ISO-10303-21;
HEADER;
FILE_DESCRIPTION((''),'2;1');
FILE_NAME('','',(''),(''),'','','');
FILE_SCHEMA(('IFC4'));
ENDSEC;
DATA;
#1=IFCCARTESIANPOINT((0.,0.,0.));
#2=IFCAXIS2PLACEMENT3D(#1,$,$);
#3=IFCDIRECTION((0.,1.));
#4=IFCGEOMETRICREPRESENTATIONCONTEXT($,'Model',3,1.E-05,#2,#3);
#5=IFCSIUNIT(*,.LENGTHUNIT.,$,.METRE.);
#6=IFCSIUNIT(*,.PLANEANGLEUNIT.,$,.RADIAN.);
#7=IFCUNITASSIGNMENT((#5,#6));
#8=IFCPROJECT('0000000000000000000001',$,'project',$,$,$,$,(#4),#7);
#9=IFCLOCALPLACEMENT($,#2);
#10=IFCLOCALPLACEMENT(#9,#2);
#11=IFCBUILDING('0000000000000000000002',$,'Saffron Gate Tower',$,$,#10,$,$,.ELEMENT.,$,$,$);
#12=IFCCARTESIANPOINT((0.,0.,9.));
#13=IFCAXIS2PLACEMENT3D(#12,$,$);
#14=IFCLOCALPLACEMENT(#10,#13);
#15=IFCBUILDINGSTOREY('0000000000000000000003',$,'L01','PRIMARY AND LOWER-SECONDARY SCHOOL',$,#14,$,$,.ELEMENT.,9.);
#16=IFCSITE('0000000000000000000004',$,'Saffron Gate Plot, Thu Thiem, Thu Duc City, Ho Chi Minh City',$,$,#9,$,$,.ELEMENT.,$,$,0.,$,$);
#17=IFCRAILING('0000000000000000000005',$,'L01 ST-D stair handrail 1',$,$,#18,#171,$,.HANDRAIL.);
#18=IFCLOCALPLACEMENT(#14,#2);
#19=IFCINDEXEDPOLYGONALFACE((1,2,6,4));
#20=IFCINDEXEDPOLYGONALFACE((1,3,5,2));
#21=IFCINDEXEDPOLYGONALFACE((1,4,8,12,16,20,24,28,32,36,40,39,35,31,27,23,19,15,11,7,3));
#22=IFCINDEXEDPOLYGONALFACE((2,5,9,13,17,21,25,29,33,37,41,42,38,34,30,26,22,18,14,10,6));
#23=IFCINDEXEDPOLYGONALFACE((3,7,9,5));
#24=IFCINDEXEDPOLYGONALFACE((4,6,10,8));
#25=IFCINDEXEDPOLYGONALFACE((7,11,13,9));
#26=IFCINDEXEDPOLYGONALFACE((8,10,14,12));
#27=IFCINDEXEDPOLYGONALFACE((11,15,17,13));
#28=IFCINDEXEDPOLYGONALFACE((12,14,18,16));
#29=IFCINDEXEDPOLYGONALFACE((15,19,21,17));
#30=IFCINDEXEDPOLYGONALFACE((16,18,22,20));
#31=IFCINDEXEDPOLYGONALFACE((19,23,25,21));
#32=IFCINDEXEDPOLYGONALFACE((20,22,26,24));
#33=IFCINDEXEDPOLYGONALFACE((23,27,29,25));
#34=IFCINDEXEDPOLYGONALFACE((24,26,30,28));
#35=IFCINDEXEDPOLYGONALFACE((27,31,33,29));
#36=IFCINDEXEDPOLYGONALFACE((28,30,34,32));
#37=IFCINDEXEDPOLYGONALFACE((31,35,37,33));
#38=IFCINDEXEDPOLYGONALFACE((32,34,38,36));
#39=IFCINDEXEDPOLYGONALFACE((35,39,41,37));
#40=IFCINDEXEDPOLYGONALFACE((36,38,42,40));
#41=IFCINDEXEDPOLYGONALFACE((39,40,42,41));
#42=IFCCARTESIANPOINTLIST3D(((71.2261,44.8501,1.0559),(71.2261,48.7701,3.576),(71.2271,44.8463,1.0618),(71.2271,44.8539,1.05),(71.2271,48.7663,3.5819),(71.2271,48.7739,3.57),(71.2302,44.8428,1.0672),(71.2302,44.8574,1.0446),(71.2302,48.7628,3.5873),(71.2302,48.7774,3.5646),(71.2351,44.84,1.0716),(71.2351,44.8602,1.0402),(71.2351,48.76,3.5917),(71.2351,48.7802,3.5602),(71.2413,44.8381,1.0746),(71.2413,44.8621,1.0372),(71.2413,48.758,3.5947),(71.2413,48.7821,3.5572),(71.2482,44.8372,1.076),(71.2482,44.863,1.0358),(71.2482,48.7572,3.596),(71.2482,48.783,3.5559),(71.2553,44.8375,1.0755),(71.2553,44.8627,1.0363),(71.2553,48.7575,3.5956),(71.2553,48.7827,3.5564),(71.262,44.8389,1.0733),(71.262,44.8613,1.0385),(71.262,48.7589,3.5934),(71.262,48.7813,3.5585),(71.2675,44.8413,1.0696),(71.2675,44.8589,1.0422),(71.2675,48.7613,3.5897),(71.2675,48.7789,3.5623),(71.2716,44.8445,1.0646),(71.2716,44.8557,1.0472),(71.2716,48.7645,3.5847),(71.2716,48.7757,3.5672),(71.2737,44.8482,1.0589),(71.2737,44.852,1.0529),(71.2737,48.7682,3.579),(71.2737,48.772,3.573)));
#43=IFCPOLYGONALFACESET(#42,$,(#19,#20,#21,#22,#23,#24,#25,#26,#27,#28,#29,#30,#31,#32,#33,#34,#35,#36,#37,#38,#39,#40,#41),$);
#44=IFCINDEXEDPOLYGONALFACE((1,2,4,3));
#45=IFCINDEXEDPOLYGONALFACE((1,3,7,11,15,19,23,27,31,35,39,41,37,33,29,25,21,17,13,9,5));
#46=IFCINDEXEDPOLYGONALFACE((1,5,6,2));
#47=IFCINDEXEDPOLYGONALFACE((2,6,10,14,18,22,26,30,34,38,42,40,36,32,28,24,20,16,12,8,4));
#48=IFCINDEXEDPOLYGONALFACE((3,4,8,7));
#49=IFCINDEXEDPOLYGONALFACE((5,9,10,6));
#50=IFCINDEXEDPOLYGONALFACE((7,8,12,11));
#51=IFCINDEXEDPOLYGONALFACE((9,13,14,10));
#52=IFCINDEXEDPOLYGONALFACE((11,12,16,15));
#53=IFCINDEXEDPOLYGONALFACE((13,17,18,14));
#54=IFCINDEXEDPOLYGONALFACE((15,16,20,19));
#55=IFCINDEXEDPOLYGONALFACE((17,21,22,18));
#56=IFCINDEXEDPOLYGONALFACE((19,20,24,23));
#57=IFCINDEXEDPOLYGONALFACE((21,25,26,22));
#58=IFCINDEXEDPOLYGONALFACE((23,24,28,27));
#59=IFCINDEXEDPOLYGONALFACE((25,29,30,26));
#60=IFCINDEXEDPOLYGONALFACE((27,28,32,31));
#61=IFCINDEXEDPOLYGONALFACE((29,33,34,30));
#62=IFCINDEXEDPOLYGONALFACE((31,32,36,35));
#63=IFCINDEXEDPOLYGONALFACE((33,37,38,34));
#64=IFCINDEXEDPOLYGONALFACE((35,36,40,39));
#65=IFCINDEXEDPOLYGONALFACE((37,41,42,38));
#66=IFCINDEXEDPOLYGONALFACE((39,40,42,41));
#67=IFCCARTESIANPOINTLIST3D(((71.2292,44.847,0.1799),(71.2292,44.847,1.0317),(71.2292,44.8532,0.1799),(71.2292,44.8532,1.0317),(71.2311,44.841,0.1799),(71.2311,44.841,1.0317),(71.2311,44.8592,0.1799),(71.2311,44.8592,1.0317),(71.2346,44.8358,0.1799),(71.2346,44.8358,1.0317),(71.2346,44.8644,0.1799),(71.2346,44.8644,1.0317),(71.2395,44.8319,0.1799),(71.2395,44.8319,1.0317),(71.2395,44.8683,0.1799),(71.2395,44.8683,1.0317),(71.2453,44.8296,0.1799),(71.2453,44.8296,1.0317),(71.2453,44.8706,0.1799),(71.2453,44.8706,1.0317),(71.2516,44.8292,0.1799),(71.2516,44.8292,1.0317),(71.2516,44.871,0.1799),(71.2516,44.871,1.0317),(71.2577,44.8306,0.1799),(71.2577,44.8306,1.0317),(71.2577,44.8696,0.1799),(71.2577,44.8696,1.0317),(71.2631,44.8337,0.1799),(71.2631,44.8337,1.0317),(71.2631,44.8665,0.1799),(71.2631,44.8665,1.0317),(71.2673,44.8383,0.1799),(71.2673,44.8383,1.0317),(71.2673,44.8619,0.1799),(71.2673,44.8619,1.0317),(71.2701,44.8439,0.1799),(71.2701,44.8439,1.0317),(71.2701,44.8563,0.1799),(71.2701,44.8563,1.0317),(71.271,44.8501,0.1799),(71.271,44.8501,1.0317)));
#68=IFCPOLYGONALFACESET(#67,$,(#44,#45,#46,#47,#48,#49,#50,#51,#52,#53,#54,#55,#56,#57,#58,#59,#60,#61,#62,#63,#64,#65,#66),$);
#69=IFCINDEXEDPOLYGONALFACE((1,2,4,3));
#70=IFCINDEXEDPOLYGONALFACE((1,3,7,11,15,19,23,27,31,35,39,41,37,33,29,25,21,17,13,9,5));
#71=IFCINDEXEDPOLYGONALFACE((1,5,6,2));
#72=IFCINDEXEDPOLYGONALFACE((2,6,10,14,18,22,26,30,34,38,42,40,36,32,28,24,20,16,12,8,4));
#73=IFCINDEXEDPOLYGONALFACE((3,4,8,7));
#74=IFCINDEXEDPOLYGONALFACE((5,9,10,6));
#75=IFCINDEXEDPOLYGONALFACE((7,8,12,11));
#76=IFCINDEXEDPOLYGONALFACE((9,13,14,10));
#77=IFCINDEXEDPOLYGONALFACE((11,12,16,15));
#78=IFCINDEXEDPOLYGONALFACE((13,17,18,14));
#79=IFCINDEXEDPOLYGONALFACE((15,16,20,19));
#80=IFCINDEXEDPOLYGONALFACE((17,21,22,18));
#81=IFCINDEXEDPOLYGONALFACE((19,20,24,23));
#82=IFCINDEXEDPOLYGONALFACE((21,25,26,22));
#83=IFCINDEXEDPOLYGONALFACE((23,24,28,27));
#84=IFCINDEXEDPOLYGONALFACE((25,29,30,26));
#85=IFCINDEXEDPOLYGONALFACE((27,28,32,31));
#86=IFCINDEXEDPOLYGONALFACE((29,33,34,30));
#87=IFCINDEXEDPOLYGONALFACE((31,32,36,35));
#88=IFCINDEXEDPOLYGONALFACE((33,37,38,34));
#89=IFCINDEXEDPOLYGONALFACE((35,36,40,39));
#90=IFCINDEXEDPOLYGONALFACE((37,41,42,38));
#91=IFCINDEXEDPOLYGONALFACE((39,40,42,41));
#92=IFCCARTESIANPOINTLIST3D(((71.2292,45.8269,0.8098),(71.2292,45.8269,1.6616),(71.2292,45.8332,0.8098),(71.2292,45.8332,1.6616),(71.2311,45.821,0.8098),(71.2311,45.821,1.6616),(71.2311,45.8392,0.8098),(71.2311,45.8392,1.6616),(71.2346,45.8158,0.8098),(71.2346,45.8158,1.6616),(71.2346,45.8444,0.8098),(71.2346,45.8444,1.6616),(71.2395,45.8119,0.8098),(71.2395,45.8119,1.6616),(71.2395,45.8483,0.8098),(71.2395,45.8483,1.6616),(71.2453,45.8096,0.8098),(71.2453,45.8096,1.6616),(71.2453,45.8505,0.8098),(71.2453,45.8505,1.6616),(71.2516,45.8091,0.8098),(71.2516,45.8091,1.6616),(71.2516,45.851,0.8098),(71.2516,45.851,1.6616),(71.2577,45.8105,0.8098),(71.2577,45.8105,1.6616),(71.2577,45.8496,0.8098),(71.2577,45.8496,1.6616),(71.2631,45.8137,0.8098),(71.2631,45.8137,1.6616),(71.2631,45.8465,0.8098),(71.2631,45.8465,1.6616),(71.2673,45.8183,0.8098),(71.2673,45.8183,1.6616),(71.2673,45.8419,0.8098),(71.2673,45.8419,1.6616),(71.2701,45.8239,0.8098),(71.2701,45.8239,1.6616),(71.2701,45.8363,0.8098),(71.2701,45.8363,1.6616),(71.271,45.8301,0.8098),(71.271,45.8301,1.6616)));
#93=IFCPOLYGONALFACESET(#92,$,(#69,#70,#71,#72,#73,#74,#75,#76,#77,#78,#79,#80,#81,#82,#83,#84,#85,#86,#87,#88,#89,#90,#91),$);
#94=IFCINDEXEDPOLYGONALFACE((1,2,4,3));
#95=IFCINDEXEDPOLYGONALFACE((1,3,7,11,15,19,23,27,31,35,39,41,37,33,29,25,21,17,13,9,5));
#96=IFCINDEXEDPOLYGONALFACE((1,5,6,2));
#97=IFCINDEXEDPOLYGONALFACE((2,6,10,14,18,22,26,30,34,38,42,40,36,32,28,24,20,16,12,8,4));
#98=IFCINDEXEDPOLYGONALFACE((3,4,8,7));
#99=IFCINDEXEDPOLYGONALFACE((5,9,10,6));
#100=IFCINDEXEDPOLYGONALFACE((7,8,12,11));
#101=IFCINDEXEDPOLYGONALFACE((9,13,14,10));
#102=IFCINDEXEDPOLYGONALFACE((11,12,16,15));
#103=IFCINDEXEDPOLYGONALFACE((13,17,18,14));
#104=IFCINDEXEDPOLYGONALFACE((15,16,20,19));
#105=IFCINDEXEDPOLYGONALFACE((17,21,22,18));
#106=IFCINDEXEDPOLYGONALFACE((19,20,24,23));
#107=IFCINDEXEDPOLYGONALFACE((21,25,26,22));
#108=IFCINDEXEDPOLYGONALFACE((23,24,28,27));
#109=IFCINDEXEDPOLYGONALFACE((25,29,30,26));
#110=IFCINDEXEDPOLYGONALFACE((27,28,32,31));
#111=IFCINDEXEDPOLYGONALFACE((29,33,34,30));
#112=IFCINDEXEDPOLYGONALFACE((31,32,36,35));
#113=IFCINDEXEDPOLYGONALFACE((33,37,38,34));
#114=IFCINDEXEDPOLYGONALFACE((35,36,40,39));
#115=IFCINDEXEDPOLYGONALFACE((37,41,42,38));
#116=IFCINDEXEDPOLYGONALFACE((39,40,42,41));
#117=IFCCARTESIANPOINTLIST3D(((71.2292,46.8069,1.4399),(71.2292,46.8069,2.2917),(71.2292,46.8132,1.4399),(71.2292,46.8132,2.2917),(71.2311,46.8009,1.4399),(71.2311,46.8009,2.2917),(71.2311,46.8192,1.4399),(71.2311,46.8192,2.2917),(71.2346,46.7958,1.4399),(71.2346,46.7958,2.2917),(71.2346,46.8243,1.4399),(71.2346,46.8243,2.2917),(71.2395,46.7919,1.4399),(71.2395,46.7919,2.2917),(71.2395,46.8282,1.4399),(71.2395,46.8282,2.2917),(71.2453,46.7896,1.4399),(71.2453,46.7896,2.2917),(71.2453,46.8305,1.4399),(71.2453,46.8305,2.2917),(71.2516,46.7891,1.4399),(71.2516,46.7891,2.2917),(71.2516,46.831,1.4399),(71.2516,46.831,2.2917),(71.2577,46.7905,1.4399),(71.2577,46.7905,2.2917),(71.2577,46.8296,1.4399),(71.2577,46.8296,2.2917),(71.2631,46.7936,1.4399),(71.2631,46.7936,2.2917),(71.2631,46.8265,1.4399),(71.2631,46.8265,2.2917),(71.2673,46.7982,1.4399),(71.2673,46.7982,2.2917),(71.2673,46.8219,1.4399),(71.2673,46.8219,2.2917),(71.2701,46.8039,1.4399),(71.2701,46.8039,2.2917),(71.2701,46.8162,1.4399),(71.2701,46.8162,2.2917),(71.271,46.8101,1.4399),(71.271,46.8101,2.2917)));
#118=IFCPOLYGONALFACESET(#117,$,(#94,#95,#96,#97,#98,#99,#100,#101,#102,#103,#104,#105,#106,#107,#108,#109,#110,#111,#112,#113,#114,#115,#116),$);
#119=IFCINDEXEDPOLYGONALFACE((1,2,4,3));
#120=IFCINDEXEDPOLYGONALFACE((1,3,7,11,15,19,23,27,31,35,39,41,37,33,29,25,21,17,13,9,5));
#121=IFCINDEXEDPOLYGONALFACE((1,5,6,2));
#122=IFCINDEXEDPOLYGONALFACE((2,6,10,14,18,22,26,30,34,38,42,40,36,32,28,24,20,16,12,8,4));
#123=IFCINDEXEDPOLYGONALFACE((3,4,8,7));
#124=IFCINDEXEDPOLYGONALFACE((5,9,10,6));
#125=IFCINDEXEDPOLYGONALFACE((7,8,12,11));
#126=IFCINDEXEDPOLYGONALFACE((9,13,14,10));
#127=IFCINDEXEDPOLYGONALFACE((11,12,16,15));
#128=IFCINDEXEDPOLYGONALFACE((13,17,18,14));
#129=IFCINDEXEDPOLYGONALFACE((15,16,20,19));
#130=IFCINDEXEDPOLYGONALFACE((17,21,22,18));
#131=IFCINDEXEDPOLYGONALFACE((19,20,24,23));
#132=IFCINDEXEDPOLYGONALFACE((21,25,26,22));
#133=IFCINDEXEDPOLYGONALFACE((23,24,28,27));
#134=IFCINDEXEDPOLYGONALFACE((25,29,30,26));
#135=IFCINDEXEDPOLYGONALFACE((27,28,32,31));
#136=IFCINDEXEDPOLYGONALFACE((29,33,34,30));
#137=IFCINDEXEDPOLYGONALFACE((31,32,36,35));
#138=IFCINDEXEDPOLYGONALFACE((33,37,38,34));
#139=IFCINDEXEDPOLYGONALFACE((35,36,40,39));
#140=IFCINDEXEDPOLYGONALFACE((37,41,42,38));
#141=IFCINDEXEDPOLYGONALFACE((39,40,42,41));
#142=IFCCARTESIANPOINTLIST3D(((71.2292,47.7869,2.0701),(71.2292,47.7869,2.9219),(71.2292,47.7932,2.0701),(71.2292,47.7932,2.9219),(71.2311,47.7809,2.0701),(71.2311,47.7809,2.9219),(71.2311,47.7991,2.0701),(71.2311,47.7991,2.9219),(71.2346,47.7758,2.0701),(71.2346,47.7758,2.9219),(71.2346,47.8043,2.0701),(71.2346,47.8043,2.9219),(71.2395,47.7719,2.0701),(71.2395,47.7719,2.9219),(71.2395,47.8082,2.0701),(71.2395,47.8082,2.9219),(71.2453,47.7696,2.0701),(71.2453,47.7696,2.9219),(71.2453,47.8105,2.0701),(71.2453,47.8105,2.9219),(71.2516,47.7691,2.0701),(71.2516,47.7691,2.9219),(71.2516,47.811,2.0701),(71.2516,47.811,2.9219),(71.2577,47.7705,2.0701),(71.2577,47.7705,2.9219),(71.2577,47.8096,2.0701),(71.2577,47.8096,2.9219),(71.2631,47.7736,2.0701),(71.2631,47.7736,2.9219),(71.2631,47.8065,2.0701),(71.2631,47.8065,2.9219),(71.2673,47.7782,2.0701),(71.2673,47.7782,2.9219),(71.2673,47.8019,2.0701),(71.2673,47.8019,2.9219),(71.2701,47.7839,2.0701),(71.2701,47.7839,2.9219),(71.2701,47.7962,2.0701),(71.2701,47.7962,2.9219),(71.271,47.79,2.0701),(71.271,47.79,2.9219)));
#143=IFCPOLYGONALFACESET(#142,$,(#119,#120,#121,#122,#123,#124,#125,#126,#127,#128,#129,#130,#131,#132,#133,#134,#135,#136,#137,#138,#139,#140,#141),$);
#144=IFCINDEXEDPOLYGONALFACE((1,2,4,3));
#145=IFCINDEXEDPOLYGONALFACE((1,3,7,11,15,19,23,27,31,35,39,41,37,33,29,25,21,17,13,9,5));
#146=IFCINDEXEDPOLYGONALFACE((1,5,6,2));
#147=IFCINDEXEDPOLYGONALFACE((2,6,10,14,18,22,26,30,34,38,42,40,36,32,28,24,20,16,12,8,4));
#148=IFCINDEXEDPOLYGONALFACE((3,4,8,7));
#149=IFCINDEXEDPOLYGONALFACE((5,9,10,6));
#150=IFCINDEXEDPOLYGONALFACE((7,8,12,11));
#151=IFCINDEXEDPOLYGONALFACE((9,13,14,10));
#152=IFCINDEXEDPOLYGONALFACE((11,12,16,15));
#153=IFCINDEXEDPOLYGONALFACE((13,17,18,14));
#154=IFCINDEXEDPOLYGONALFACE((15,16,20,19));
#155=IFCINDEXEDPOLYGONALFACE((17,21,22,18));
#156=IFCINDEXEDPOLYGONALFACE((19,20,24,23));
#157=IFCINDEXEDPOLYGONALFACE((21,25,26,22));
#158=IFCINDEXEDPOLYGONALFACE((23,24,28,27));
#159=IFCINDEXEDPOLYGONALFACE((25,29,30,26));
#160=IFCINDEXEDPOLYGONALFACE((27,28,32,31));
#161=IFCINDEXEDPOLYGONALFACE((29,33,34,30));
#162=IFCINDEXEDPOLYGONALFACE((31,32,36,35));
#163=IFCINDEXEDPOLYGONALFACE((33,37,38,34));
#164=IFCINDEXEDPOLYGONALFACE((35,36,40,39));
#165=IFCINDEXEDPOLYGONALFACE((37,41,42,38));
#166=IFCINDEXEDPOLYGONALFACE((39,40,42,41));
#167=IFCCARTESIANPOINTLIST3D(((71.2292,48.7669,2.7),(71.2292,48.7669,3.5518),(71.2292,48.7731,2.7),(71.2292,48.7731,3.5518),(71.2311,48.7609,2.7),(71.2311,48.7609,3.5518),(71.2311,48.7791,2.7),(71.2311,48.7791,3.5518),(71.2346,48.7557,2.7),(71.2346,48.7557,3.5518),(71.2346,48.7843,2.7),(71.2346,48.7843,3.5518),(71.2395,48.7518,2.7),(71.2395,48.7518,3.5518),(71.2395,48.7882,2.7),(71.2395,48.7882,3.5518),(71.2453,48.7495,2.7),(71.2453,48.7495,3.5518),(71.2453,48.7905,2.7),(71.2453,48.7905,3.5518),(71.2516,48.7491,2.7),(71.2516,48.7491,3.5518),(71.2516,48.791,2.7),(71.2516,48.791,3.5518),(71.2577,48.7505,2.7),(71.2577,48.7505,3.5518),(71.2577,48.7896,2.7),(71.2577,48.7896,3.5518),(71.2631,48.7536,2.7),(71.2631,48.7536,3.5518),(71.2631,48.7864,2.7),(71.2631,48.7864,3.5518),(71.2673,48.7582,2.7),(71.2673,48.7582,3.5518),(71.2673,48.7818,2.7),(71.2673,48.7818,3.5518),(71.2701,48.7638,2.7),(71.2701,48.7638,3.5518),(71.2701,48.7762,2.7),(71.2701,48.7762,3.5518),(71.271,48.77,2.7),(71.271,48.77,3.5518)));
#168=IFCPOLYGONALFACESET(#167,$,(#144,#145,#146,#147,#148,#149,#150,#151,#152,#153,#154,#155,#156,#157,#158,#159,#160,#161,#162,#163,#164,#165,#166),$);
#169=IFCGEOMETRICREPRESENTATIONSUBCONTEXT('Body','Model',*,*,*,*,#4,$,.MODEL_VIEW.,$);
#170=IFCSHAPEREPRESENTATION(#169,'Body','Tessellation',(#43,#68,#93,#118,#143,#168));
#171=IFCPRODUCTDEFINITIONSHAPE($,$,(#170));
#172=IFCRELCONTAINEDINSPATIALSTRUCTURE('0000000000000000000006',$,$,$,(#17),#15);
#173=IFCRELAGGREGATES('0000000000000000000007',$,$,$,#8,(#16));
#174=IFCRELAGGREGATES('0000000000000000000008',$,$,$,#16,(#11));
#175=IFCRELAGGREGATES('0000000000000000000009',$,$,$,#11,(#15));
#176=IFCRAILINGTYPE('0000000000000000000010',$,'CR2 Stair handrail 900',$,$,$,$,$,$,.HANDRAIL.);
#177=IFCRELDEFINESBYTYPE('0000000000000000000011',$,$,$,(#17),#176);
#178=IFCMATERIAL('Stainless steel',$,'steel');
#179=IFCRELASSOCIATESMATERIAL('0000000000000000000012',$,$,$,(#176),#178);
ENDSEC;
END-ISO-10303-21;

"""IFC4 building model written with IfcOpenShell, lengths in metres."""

from ifc_helpers import new_model, si_unit, direction, frame, origin, origin_2d, place, context, subcontext, project, spatial, circle, extrude, material, type_object, element, save


model = new_model("IFC4")

# Units and contexts
model_context = context("Model", 3, precision=1e-05, world=origin(), true_north=direction((0.0, 1.0)))
body_context = subcontext(model_context, "Body", "Model", "MODEL_VIEW")
ifc_project = project(units=[si_unit("LENGTHUNIT", "METRE"), si_unit("PLANEANGLEUNIT", "RADIAN")], contexts=[model_context])

# Site, building, storey
site_placement = place(None, origin())
site = spatial("IfcSite", under=ifc_project, at=site_placement, Name="Saffron Gate Plot, Thu Thiem, Thu Duc City, Ho Chi Minh City", CompositionType="ELEMENT", RefElevation=0.0)
building_placement = place(site_placement, origin())
building = spatial("IfcBuilding", under=site, at=building_placement, Name="Saffron Gate Tower", CompositionType="ELEMENT")
storey_placement = place(building_placement, frame((0.0, 0.0, 9.0)))
storey = spatial("IfcBuildingStorey", under=building, at=storey_placement, Name="L01", Description="PRIMARY AND LOWER-SECONDARY SCHOOL", CompositionType="ELEMENT", Elevation=9.0)

# Railing
ifc_material_1 = material(Name="Stainless steel", Category="steel")
railing_type_1 = type_object("IfcRailingType", Name="CR2 Stair handrail 900", PredefinedType="HANDRAIL", material=ifc_material_1)
railing_1_placement = place(storey_placement, frame((71.25, 44.8501, 0.1799)))
element("IfcRailing", 1, at=railing_1_placement, inside=storey, type_object=railing_type_1, Name="L01 ST-D stair handrail 1", PredefinedType="HANDRAIL", context=body_context, shape_type="SweptSolid", body=[
    extrude(circle(Radius=0.0239, at=origin_2d()), frame((0.0, 0.0, 0.876), z_axis=(0.0, 0.841172, 0.540768), x_axis=(-1.0, 0.0, 0.0)), (0.0, 0.0, 1.0), 4.6602),
    extrude(circle(Radius=0.021, at=origin_2d()), origin(), (0.0, 0.0, 1.0), 0.8518),
    extrude(circle(Radius=0.021, at=origin_2d()), frame((0.0, 0.98, 0.6299)), (0.0, 0.0, 1.0), 0.8518),
    extrude(circle(Radius=0.021, at=origin_2d()), frame((0.0, 1.96, 1.26)), (0.0, 0.0, 1.0), 0.8518),
    extrude(circle(Radius=0.021, at=origin_2d()), frame((0.0, 2.9399, 1.8901)), (0.0, 0.0, 1.0), 0.8518),
    extrude(circle(Radius=0.021, at=origin_2d()), frame((0.0, 3.9199, 2.52)), (0.0, 0.0, 1.0), 0.8518),
])

save(model, "model.ifc")
